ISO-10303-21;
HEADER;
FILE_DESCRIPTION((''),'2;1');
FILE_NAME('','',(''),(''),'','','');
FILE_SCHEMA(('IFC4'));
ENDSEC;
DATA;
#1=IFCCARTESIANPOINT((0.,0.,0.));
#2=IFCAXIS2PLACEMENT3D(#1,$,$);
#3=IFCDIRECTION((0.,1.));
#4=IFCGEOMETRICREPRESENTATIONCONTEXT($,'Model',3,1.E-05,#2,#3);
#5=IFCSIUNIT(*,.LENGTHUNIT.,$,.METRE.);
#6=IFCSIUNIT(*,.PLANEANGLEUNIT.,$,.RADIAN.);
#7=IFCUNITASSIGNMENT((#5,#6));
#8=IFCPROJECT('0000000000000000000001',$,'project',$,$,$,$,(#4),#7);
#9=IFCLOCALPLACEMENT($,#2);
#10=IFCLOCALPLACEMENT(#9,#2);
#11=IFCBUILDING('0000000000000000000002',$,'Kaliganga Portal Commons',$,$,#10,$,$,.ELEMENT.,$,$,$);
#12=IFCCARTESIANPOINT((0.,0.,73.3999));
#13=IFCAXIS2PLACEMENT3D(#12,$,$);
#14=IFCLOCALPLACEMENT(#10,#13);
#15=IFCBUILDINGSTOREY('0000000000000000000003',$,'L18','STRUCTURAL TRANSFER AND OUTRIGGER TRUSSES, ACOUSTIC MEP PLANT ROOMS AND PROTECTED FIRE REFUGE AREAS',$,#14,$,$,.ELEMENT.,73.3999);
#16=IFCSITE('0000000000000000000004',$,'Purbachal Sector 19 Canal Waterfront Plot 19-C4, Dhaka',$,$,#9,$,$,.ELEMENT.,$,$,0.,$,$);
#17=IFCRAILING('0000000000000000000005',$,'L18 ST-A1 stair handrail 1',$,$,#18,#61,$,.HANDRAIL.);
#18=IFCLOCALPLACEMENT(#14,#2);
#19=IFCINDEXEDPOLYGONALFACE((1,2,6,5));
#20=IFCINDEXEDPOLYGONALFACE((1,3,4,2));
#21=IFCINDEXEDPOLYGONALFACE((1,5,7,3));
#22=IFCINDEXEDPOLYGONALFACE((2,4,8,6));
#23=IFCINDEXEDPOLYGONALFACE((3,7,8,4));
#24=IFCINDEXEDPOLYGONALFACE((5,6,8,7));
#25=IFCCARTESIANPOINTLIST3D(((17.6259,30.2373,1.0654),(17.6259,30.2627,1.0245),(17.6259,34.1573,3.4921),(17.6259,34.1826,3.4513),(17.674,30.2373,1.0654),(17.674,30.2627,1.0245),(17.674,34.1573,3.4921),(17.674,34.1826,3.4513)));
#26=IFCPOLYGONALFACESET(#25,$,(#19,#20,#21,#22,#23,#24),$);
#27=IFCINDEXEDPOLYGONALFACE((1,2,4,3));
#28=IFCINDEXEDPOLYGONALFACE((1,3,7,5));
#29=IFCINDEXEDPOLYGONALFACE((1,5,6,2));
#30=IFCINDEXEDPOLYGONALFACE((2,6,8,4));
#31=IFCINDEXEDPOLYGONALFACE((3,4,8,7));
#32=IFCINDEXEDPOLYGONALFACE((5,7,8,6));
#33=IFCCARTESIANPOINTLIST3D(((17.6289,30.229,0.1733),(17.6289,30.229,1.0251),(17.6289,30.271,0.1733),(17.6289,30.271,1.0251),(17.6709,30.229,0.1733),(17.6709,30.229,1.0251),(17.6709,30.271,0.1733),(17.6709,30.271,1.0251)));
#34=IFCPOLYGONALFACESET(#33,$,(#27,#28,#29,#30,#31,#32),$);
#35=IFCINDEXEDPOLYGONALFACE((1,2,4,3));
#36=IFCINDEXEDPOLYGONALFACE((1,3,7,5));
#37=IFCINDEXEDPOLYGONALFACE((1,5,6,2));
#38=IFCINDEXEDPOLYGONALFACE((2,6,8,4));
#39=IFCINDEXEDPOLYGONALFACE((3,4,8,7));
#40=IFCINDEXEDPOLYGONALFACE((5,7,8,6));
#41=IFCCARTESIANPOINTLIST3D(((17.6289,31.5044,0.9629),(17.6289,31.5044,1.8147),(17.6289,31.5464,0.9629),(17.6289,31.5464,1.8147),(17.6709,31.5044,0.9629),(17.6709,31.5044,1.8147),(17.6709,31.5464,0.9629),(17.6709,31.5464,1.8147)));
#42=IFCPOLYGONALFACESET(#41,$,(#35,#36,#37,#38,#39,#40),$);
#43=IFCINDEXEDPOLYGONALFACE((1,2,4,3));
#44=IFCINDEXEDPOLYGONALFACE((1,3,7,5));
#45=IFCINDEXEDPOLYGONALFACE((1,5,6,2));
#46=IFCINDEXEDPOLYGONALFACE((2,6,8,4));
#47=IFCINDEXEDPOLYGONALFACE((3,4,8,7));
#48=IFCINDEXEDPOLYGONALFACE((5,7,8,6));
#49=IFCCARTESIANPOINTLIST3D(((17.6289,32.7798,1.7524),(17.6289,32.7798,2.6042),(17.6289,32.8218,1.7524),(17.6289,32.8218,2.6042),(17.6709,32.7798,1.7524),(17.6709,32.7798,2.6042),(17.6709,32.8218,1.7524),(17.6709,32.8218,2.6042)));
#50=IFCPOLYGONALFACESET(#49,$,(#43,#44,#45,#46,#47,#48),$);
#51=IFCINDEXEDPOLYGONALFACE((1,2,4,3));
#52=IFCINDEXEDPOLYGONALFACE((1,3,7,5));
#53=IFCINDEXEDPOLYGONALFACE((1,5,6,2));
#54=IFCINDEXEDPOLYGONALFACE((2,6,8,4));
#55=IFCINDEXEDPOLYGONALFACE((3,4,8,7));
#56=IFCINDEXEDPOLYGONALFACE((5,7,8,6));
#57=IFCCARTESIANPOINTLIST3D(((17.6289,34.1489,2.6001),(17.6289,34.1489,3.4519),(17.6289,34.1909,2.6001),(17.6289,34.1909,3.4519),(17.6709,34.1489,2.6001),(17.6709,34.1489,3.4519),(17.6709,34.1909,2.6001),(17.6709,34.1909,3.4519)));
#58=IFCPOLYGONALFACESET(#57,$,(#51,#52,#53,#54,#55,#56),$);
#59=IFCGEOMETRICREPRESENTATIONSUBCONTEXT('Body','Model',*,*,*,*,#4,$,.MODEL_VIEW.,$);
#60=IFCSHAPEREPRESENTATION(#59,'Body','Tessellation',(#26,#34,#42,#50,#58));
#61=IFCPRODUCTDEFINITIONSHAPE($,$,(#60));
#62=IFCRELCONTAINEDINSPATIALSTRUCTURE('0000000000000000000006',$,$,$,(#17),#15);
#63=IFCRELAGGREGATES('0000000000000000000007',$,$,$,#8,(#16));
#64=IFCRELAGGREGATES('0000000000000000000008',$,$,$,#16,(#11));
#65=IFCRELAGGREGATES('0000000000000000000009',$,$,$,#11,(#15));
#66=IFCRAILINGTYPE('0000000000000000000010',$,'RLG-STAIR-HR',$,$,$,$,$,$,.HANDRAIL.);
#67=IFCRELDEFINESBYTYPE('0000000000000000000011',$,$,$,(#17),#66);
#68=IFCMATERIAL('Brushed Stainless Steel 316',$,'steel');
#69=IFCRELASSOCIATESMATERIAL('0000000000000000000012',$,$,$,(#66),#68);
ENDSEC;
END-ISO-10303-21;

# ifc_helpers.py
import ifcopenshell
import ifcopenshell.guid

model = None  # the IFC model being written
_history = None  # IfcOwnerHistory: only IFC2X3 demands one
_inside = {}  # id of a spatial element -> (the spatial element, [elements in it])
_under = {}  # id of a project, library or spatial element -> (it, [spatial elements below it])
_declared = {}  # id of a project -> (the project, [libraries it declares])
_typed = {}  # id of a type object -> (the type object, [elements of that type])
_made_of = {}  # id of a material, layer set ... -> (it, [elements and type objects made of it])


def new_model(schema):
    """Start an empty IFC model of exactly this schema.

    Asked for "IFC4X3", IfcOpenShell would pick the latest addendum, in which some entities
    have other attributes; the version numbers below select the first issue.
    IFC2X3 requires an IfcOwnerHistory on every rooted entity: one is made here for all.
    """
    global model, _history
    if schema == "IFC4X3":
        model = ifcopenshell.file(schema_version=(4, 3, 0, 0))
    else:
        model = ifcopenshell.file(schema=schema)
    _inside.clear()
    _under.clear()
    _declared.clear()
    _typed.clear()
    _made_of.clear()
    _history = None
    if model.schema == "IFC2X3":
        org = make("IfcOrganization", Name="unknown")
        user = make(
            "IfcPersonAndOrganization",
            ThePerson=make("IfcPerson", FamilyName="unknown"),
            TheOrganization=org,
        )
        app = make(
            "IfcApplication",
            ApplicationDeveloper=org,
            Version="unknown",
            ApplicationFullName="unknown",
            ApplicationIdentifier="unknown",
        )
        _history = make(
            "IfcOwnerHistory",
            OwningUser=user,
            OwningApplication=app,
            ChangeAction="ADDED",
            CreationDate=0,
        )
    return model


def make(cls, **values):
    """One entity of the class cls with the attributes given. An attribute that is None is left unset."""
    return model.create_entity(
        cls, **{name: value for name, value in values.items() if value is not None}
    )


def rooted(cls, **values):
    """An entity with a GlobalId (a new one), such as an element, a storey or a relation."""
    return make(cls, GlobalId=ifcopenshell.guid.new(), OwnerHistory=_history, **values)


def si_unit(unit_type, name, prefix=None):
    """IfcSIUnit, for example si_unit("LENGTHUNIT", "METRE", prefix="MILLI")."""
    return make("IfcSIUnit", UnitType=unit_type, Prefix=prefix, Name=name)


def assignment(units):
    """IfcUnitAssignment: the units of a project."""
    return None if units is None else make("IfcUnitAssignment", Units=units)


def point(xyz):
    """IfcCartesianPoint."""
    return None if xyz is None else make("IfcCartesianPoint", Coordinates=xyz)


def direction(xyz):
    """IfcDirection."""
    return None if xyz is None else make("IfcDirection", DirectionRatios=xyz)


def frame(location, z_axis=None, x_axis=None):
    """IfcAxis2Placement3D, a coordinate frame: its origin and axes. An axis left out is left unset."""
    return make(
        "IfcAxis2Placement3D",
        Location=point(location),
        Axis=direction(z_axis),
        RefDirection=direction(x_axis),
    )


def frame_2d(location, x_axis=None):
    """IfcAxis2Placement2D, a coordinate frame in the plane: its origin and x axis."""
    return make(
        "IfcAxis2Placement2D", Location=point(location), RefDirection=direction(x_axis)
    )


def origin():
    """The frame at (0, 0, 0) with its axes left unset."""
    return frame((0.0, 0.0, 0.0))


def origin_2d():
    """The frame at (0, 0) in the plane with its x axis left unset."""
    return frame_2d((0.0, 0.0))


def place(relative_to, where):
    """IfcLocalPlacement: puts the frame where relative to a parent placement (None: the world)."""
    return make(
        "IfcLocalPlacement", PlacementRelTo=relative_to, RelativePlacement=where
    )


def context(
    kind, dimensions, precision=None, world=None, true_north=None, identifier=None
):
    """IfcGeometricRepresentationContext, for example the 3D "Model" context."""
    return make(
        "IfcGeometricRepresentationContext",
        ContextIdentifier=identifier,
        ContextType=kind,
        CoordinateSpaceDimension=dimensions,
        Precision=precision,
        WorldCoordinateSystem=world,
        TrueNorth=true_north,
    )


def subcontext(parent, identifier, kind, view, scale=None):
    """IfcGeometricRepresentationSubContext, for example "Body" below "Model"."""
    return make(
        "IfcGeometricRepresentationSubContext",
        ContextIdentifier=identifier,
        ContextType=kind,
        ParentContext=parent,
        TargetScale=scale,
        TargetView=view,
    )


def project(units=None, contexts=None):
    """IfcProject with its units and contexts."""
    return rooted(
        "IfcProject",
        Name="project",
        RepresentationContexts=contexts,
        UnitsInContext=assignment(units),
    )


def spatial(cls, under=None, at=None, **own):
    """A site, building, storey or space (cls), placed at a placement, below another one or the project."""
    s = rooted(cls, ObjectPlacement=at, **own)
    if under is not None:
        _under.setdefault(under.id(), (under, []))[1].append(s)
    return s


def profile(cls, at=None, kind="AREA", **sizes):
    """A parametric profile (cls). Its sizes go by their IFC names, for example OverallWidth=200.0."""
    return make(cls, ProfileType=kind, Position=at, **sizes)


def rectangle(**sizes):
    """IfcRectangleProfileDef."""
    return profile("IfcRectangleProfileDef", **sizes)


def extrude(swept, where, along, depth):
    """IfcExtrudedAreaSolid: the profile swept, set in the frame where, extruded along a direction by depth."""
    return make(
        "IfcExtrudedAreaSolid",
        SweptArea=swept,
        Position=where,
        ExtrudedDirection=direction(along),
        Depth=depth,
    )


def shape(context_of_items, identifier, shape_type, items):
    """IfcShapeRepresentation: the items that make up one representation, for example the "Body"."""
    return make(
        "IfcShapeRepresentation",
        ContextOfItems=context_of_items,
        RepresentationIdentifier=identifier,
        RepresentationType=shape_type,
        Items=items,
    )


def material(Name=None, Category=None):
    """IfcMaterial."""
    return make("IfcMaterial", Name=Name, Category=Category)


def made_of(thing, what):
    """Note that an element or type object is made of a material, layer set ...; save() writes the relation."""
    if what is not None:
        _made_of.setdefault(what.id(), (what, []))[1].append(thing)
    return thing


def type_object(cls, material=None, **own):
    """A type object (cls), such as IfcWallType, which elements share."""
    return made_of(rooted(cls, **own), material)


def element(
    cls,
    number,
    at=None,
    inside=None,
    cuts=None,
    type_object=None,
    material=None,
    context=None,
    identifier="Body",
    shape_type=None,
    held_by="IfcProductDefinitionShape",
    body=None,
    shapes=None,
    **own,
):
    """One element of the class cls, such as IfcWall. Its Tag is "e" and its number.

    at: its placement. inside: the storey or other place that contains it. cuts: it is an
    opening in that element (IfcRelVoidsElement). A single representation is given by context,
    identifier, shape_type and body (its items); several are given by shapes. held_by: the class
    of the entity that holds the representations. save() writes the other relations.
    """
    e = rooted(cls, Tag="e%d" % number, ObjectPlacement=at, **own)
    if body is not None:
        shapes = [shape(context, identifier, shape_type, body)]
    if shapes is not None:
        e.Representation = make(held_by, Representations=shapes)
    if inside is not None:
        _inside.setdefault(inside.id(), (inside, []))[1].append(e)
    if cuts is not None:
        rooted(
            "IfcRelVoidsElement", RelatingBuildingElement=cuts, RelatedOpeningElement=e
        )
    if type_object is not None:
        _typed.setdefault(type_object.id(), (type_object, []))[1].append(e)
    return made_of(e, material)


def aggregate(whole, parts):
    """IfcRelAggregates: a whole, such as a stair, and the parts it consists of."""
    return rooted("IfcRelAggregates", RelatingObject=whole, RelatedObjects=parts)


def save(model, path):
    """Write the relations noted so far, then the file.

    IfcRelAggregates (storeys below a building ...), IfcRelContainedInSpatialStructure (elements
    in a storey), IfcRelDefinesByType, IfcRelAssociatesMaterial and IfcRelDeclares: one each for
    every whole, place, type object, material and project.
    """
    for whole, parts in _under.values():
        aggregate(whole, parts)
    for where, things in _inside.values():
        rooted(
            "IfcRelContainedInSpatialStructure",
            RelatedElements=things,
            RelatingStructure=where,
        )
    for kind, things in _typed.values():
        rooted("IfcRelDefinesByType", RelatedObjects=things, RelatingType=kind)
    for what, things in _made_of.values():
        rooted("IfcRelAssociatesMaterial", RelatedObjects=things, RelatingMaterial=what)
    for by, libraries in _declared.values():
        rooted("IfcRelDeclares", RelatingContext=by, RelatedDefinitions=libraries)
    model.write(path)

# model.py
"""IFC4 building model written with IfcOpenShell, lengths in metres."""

from ifc_helpers import new_model, si_unit, direction, frame, origin, origin_2d, place, context, subcontext, project, spatial, rectangle, extrude, material, type_object, element, save


model = new_model("IFC4")

# Units and contexts
model_context = context("Model", 3, precision=1e-05, world=origin(), true_north=direction((0.0, 1.0)))
body_context = subcontext(model_context, "Body", "Model", "MODEL_VIEW")
ifc_project = project(units=[si_unit("LENGTHUNIT", "METRE"), si_unit("PLANEANGLEUNIT", "RADIAN")], contexts=[model_context])

# Site, building, storey
site_placement = place(None, origin())
site = spatial("IfcSite", under=ifc_project, at=site_placement, Name="Purbachal Sector 19 Canal Waterfront Plot 19-C4, Dhaka", CompositionType="ELEMENT", RefElevation=0.0)
building_placement = place(site_placement, origin())
building = spatial("IfcBuilding", under=site, at=building_placement, Name="Kaliganga Portal Commons", CompositionType="ELEMENT")
storey_placement = place(building_placement, frame((0.0, 0.0, 73.3999)))
storey = spatial("IfcBuildingStorey", under=building, at=storey_placement, Name="L18", Description="STRUCTURAL TRANSFER AND OUTRIGGER TRUSSES, ACOUSTIC MEP PLANT ROOMS AND PROTECTED FIRE REFUGE AREAS", CompositionType="ELEMENT", Elevation=73.3999)

# Railing
ifc_material_1 = material(Name="Brushed Stainless Steel 316", Category="steel")
railing_type_1 = type_object("IfcRailingType", Name="RLG-STAIR-HR", PredefinedType="HANDRAIL", material=ifc_material_1)
railing_1_placement = place(storey_placement, frame((17.6499, 30.25, 0.1733)))
element("IfcRailing", 1, at=railing_1_placement, inside=storey, type_object=railing_type_1, Name="L18 ST-A1 stair handrail 1", PredefinedType="HANDRAIL", context=body_context, shape_type="SweptSolid", body=[
    extrude(rectangle(XDim=0.0481, YDim=0.0481, at=origin_2d()), frame((0.0, 0.0, 0.8716), z_axis=(0.0, 0.850252, 0.526376), x_axis=(-1.0, 0.0, 0.0)), (0.0, 0.0, 1.0), 4.6104),
    extrude(rectangle(XDim=0.042, YDim=0.042, at=origin_2d()), origin(), (0.0, 0.0, 1.0), 0.8518),
    extrude(rectangle(XDim=0.042, YDim=0.042, at=origin_2d()), frame((0.0, 1.2754, 0.7896)), (0.0, 0.0, 1.0), 0.8518),
    extrude(rectangle(XDim=0.042, YDim=0.042, at=origin_2d()), frame((0.0, 2.5508, 1.5791)), (0.0, 0.0, 1.0), 0.8518),
    extrude(rectangle(XDim=0.042, YDim=0.042, at=origin_2d()), frame((0.0, 3.9199, 2.4268)), (0.0, 0.0, 1.0), 0.8518),
])

save(model, "model.ifc")
